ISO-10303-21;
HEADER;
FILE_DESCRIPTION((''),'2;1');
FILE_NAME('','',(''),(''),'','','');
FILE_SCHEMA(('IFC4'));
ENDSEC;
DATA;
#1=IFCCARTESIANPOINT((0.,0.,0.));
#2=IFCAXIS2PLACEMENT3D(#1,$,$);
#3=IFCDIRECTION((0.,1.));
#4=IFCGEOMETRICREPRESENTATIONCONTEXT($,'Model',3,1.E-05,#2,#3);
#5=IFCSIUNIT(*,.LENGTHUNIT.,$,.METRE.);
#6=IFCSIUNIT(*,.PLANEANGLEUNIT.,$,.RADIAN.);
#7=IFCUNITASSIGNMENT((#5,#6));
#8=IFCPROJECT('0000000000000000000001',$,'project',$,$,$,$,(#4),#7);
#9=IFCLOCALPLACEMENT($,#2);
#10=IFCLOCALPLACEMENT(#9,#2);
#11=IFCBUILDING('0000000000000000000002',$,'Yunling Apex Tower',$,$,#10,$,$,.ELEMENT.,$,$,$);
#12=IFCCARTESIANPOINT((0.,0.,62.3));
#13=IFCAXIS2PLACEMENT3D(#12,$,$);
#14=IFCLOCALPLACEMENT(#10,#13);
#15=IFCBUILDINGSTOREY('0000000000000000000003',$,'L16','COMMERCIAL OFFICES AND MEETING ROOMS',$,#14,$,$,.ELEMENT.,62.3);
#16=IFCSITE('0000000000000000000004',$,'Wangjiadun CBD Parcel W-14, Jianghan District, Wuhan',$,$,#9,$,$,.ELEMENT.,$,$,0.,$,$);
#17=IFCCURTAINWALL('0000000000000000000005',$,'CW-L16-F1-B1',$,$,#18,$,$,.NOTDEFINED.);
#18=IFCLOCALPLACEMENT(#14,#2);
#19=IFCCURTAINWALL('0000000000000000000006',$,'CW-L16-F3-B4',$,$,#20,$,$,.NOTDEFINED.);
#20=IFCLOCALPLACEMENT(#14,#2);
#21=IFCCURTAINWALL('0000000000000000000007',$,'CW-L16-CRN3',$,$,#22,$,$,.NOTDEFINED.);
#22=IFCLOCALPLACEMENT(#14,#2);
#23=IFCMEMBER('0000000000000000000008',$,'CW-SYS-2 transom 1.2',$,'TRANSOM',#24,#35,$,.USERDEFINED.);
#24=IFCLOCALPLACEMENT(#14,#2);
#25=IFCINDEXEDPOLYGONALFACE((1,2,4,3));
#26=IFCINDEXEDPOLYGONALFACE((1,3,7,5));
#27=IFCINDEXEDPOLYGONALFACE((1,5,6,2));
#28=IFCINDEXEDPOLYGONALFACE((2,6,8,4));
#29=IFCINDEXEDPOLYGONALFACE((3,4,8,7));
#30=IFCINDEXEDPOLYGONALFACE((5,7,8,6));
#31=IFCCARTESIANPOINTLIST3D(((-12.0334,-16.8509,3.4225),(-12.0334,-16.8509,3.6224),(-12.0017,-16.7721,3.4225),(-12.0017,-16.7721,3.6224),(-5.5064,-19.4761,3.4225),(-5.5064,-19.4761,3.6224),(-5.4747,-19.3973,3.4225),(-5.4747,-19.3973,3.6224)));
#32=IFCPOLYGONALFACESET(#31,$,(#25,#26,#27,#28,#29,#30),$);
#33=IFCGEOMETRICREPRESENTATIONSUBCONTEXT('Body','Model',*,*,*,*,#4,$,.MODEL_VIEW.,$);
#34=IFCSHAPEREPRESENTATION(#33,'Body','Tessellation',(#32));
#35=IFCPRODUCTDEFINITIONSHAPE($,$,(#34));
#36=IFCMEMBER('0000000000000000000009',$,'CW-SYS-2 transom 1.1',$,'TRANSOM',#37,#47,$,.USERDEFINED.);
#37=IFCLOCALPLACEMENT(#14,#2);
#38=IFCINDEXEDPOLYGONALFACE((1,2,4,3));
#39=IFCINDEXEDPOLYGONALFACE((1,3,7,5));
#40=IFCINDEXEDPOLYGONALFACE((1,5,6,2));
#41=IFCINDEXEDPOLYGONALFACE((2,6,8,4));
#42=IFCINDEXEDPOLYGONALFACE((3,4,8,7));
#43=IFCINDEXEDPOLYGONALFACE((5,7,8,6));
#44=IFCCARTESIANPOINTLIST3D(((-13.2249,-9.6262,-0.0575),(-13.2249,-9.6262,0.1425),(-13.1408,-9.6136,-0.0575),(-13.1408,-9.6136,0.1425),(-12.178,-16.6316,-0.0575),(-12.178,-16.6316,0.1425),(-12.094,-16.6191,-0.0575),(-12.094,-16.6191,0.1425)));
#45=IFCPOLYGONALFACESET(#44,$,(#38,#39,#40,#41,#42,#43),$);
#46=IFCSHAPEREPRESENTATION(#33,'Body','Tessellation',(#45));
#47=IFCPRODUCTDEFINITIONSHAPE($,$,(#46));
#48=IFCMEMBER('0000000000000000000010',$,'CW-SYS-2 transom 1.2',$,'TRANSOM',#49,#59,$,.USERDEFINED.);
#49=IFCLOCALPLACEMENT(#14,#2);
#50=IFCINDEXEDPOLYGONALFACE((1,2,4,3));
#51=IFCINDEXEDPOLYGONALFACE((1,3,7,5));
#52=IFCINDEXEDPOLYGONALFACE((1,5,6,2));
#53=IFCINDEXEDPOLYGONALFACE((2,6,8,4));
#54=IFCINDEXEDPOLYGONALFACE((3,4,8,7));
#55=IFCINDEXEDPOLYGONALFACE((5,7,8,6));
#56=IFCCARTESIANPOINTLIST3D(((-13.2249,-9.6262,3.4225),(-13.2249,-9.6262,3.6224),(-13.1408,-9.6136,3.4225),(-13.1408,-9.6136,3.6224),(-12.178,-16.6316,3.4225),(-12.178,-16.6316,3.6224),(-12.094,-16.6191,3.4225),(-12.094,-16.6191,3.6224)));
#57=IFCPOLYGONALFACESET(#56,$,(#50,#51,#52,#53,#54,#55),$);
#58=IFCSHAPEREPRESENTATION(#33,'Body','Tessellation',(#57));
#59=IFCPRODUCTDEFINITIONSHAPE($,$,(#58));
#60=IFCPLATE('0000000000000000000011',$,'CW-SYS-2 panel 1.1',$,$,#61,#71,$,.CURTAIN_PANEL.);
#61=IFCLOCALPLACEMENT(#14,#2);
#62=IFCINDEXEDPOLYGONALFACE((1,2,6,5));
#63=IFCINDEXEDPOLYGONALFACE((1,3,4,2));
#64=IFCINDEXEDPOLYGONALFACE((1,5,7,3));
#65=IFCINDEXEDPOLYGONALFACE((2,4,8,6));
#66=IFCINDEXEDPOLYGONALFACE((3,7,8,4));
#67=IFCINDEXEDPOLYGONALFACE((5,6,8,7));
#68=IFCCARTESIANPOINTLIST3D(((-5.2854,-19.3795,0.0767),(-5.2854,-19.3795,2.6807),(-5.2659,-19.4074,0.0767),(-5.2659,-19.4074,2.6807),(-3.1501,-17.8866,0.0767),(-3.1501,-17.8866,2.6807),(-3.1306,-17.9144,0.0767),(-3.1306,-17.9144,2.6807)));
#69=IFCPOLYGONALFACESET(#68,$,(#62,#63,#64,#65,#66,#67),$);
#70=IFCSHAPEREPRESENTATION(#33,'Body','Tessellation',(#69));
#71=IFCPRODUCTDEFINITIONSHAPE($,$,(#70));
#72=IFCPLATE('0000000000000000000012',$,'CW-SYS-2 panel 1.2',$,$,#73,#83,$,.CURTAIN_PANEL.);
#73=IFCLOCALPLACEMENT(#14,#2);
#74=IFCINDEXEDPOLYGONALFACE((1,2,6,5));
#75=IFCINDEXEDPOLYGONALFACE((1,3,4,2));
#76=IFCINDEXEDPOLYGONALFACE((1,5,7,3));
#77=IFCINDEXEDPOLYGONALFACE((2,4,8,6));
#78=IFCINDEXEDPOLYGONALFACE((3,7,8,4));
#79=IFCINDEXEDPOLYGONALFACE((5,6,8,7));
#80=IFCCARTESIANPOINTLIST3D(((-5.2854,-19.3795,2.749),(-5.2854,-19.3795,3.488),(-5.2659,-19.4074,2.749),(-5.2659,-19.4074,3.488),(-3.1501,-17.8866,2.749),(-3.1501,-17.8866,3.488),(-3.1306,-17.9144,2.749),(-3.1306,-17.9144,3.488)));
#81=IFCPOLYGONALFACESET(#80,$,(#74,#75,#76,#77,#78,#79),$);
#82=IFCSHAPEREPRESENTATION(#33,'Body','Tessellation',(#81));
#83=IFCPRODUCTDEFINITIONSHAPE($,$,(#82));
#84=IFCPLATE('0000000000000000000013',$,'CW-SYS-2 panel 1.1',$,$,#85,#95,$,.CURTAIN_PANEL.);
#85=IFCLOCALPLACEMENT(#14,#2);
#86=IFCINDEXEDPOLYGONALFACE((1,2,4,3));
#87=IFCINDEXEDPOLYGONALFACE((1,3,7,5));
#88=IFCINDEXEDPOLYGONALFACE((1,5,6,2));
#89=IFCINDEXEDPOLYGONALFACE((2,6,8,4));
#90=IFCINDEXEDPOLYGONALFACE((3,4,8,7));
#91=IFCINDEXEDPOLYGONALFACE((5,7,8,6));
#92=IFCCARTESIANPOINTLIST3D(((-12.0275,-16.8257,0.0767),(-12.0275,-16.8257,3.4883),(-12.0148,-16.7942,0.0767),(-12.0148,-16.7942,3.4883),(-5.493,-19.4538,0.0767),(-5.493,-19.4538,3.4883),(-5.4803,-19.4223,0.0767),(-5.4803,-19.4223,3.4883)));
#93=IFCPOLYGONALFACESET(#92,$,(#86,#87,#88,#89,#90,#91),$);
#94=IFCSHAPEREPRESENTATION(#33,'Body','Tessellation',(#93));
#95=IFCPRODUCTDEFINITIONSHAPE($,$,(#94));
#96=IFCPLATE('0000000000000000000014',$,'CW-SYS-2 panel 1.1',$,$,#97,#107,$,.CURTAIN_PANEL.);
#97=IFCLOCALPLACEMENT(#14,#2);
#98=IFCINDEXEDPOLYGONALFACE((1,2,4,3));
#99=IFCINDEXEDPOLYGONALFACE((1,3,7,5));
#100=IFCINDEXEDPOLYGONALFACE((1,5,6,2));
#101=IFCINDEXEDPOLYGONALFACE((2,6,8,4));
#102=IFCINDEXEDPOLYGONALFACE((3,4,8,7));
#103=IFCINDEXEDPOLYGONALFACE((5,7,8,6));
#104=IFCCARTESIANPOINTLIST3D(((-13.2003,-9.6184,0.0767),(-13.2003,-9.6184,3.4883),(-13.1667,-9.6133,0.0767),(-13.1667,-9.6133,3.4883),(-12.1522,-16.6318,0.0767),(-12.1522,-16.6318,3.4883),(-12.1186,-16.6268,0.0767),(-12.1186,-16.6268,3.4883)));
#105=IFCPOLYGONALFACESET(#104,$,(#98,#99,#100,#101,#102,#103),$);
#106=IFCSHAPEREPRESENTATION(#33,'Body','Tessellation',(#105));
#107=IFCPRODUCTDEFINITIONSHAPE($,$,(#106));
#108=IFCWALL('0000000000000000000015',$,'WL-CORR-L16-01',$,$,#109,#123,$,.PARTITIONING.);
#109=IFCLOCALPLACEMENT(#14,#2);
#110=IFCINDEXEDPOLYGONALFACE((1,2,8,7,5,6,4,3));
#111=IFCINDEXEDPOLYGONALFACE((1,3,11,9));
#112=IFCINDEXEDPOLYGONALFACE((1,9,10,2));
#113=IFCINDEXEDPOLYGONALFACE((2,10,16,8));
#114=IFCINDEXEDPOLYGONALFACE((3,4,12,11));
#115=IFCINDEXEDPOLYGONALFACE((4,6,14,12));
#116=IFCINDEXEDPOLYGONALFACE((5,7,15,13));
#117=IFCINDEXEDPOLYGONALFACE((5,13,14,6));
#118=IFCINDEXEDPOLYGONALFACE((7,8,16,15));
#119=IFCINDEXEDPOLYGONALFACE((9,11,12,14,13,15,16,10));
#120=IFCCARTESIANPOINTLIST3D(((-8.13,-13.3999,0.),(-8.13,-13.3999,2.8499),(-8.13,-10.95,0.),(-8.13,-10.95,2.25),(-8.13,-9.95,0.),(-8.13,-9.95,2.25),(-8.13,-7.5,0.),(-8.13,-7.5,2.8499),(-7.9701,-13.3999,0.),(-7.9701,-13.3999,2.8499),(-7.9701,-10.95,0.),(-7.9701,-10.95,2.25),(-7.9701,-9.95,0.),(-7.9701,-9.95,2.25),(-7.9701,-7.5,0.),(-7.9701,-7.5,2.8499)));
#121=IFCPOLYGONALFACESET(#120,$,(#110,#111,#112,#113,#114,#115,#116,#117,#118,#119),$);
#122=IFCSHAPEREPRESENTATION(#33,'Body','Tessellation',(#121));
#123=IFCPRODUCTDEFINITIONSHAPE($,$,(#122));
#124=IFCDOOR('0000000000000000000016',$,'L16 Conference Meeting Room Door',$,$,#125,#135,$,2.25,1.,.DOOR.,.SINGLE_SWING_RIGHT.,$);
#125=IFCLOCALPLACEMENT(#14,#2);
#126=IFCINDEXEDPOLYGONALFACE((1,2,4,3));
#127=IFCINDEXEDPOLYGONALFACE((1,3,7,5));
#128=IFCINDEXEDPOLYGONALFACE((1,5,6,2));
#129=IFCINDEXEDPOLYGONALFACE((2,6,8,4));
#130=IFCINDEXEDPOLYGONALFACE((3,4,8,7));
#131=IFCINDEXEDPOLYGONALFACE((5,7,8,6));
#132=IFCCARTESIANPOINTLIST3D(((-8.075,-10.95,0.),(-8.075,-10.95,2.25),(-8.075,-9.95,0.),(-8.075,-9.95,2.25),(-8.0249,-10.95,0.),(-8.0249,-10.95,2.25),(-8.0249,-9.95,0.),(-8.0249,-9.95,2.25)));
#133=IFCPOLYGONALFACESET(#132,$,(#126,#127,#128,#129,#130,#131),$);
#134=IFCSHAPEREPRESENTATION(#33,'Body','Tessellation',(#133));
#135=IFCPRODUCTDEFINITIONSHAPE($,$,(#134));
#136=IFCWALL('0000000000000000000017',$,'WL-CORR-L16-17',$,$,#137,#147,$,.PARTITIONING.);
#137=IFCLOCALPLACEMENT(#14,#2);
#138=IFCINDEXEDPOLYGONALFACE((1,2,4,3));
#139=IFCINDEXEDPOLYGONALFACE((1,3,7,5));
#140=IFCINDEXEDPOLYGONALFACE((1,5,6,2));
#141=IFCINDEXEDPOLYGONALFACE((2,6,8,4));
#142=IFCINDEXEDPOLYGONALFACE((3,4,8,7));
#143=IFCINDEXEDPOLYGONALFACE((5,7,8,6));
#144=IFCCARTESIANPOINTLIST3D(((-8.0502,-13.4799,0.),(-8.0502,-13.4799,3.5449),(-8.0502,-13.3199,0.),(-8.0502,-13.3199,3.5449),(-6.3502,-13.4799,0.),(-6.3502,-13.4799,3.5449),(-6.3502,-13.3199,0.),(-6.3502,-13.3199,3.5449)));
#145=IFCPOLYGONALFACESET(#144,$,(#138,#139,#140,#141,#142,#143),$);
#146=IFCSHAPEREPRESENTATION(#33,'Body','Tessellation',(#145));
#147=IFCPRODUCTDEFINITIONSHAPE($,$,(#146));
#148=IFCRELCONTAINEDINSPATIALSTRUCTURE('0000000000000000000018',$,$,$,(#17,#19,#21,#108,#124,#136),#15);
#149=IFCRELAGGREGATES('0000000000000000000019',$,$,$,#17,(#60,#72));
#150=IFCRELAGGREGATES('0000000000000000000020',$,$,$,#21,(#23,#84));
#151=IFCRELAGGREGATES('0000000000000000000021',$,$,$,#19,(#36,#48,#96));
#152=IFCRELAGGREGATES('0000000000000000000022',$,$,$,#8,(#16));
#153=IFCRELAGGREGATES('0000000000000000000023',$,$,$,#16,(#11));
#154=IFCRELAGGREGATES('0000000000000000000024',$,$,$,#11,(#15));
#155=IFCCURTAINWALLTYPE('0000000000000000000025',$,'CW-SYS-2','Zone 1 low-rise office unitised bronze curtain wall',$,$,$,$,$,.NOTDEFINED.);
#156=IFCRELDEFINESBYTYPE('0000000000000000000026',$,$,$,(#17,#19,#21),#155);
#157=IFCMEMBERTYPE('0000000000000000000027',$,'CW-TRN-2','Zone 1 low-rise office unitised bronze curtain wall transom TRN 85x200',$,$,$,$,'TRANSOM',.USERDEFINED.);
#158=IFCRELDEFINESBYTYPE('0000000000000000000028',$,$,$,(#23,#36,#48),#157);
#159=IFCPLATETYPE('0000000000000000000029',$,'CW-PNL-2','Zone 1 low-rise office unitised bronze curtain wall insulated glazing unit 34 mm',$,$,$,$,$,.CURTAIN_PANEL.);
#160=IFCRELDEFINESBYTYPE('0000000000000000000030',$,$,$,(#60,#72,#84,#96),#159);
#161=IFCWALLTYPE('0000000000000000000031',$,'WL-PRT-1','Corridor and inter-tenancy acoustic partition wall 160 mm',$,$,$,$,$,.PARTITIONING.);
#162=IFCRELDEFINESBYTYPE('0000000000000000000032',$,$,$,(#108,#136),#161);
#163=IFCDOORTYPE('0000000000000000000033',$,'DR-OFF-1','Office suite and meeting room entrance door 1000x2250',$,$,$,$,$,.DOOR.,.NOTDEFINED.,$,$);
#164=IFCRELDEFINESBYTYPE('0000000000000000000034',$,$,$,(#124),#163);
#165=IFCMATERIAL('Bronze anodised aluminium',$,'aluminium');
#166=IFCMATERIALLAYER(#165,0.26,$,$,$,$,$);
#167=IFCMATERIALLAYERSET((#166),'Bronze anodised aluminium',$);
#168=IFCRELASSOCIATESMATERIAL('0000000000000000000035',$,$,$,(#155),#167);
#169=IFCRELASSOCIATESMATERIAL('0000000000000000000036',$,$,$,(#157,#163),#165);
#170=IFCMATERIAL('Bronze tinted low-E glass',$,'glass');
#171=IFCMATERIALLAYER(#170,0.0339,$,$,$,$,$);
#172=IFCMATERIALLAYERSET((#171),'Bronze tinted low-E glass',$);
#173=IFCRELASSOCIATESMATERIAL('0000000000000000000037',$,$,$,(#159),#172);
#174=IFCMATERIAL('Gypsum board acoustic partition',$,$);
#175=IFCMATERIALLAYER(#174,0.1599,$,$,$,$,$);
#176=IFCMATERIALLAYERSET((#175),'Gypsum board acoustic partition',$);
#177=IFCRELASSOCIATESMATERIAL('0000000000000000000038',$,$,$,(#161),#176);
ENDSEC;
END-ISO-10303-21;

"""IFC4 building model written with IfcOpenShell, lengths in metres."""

from ifc_helpers import new_model, si_unit, direction, frame, frame_2d, origin, origin_2d, place, context, subcontext, project, spatial, rectangle, extrude, source, transform, mapped, material, layer, layer_set, material_profile, profile_set, type_object, element, fill, aggregate, save


model = new_model("IFC4")

# Units and contexts
model_context = context("Model", 3, precision=1e-05, world=origin(), true_north=direction((0.0, 1.0)))
body_context = subcontext(model_context, "Body", "Model", "MODEL_VIEW")
ifc_project = project(units=[si_unit("LENGTHUNIT", "METRE"), si_unit("PLANEANGLEUNIT", "RADIAN")], contexts=[model_context])

# Site, building, storey
site_placement = place(None, origin())
site = spatial("IfcSite", under=ifc_project, at=site_placement, Name="Wangjiadun CBD Parcel W-14, Jianghan District, Wuhan", CompositionType="ELEMENT", RefElevation=0.0)
building_placement = place(site_placement, origin())
building = spatial("IfcBuilding", under=site, at=building_placement, Name="Yunling Apex Tower", CompositionType="ELEMENT")
storey_placement = place(building_placement, frame((0.0, 0.0, 62.3)))
storey = spatial("IfcBuildingStorey", under=building, at=storey_placement, Name="L16", Description="COMMERCIAL OFFICES AND MEETING ROOMS", CompositionType="ELEMENT", Elevation=62.3)

# Curtain wall
ifc_material_1 = material(Name="Bronze anodised aluminium", Category="aluminium")
ifc_layer_1 = layer(ifc_material_1, 0.26)
ifc_layer_set_1 = layer_set([ifc_layer_1], Name="Bronze anodised aluminium")
curtain_wall_type = type_object("IfcCurtainWallType", Name="CW-SYS-2", Description="Zone 1 low-rise office unitised bronze curtain wall", PredefinedType="NOTDEFINED", material=ifc_layer_set_1)
curtain_wall_1_placement = place(storey_placement, origin())
curtain_wall_1 = element("IfcCurtainWall", 1, at=curtain_wall_1_placement, inside=storey, type_object=curtain_wall_type, Name="CW-L16-F1-B1", PredefinedType="NOTDEFINED")

# Curtain walls
curtain_wall_2_placement = place(storey_placement, origin())
curtain_wall_2 = element("IfcCurtainWall", 2, at=curtain_wall_2_placement, inside=storey, type_object=curtain_wall_type, Name="CW-L16-F3-B4", PredefinedType="NOTDEFINED")
curtain_wall_3_placement = place(storey_placement, origin())
curtain_wall_3 = element("IfcCurtainWall", 3, at=curtain_wall_3_placement, inside=storey, type_object=curtain_wall_type, Name="CW-L16-CRN3", PredefinedType="NOTDEFINED")

# Members
ifc_material_profile_1 = material_profile(ifc_material_1, rectangle(XDim=0.085, YDim=0.2, at=origin_2d()))
ifc_profile_set_1 = profile_set([ifc_material_profile_1], Name="Bronze anodised aluminium")
member_type_1 = type_object("IfcMemberType", Name="CW-TRN-2", Description="Zone 1 low-rise office unitised bronze curtain wall transom TRN 85x200", ElementType="TRANSOM", PredefinedType="USERDEFINED", material=ifc_profile_set_1)
shared_shape_1 = source(origin(), body_context, "Body", "SweptSolid", [
    extrude(rectangle(XDim=0.085, YDim=0.2, at=origin_2d()), origin(), (0.0, 0.0, 1.0), 7.0352),
])
member_1_placement = place(storey_placement, frame((-12.0176, -16.8115, 3.5225), z_axis=(0.927769, -0.373155, 0.0), x_axis=(0.373155, 0.927769, 0.0)))
member_1 = element("IfcMember", 4, at=member_1_placement, type_object=member_type_1, Name="CW-SYS-2 transom 1.2", ObjectType="TRANSOM", PredefinedType="USERDEFINED", context=body_context, shape_type="MappedRepresentation", body=[
    mapped(shared_shape_1, transform((0.0, 0.0, 0.0), scale=1.0)),
])
shared_shape_2 = source(origin(), body_context, "Body", "SweptSolid", [
    extrude(rectangle(XDim=0.085, YDim=0.2, at=origin_2d()), origin(), (0.0, 0.0, 1.0), 7.0833),
])
member_2_placement = place(storey_placement, frame((-13.1829, -9.6199, 0.0425), z_axis=(0.147798, -0.989018, 0.0), x_axis=(0.989018, 0.147798, 0.0)))
member_2 = element("IfcMember", 5, at=member_2_placement, type_object=member_type_1, Name="CW-SYS-2 transom 1.1", ObjectType="TRANSOM", PredefinedType="USERDEFINED", context=body_context, shape_type="MappedRepresentation", body=[
    mapped(shared_shape_2, transform((0.0, 0.0, 0.0), scale=1.0)),
])
member_3_placement = place(storey_placement, frame((-13.1829, -9.6199, 3.5225), z_axis=(0.147798, -0.989018, 0.0), x_axis=(0.989018, 0.147798, 0.0)))
member_3 = element("IfcMember", 6, at=member_3_placement, type_object=member_type_1, Name="CW-SYS-2 transom 1.2", ObjectType="TRANSOM", PredefinedType="USERDEFINED", context=body_context, shape_type="MappedRepresentation", body=[
    mapped(shared_shape_2, transform((0.0, 0.0, 0.0), scale=1.0)),
])

# Plates
ifc_material_2 = material(Name="Bronze tinted low-E glass", Category="glass")
ifc_layer_2 = layer(ifc_material_2, 0.0339)
ifc_layer_set_2 = layer_set([ifc_layer_2], Name="Bronze tinted low-E glass")
plate_type = type_object("IfcPlateType", Name="CW-PNL-2", Description="Zone 1 low-rise office unitised bronze curtain wall insulated glazing unit 34 mm", PredefinedType="CURTAIN_PANEL", material=ifc_layer_set_2)
shared_shape_3 = source(origin(), body_context, "Body", "SweptSolid", [
    extrude(rectangle(XDim=2.6055, YDim=0.0339, at=origin_2d()), origin(), (0.0, 0.0, 1.0), 2.604),
])
plate_1_placement = place(storey_placement, frame((-4.208, -18.647, 0.0767), z_axis=(0.0, 0.0, 1.0), x_axis=(0.819552, 0.573004, 0.0)))
plate_1 = element("IfcPlate", 7, at=plate_1_placement, type_object=plate_type, Name="CW-SYS-2 panel 1.1", PredefinedType="CURTAIN_PANEL", context=body_context, shape_type="MappedRepresentation", body=[
    mapped(shared_shape_3, transform((0.0, 0.0, 0.0), scale=1.0)),
])
shared_shape_4 = source(origin(), body_context, "Body", "SweptSolid", [
    extrude(rectangle(XDim=2.6055, YDim=0.0339, at=origin_2d()), origin(), (0.0, 0.0, 1.0), 0.739),
])
plate_2_placement = place(storey_placement, frame((-4.208, -18.647, 2.749), z_axis=(0.0, 0.0, 1.0), x_axis=(0.819552, 0.573004, 0.0)))
plate_2 = element("IfcPlate", 8, at=plate_2_placement, type_object=plate_type, Name="CW-SYS-2 panel 1.2", PredefinedType="CURTAIN_PANEL", context=body_context, shape_type="MappedRepresentation", body=[
    mapped(shared_shape_4, transform((0.0, 0.0, 0.0), scale=1.0)),
])
aggregate(curtain_wall_1, [plate_1, plate_2])
shared_shape_5 = source(origin(), body_context, "Body", "SweptSolid", [
    extrude(rectangle(XDim=7.0432, YDim=0.0339, at=origin_2d()), origin(), (0.0, 0.0, 1.0), 3.4116),
])
plate_3_placement = place(storey_placement, frame((-8.7539, -18.124, 0.0767), z_axis=(0.0, 0.0, 1.0), x_axis=(0.927774, -0.373144, 0.0)))
plate_3 = element("IfcPlate", 9, at=plate_3_placement, type_object=plate_type, Name="CW-SYS-2 panel 1.1", PredefinedType="CURTAIN_PANEL", context=body_context, shape_type="MappedRepresentation", body=[
    mapped(shared_shape_5, transform((0.0, 0.0, 0.0), scale=1.0)),
])
aggregate(curtain_wall_3, [member_1, plate_3])
shared_shape_6 = source(origin(), body_context, "Body", "SweptSolid", [
    extrude(rectangle(XDim=7.0913, YDim=0.0339, at=origin_2d()), origin(), (0.0, 0.0, 1.0), 3.4116),
])
plate_4_placement = place(storey_placement, frame((-12.6594, -13.1226, 0.0767), z_axis=(0.0, 0.0, 1.0), x_axis=(0.147801, -0.989017, 0.0)))
plate_4 = element("IfcPlate", 10, at=plate_4_placement, type_object=plate_type, Name="CW-SYS-2 panel 1.1", PredefinedType="CURTAIN_PANEL", context=body_context, shape_type="MappedRepresentation", body=[
    mapped(shared_shape_6, transform((0.0, 0.0, 0.0), scale=1.0)),
])
aggregate(curtain_wall_2, [member_2, member_3, plate_4])

# Wall, opening, door
ifc_material_3 = material(Name="Gypsum board acoustic partition")
ifc_layer_3 = layer(ifc_material_3, 0.1599)
ifc_layer_set_3 = layer_set([ifc_layer_3], Name="Gypsum board acoustic partition")
wall_type = type_object("IfcWallType", Name="WL-PRT-1", Description="Corridor and inter-tenancy acoustic partition wall 160 mm", PredefinedType="PARTITIONING", material=ifc_layer_set_3)
wall_1_placement = place(storey_placement, frame((-8.05, -13.3999, 0.0), z_axis=(0.0, 0.0, 1.0), x_axis=(0.0, 1.0, 0.0)))
wall_1 = element("IfcWall", 11, at=wall_1_placement, inside=storey, type_object=wall_type, Name="WL-CORR-L16-01", PredefinedType="PARTITIONING", context=body_context, shape_type="SweptSolid", body=[
    extrude(rectangle(XDim=5.8999, YDim=0.1599, at=frame_2d((2.95, 0.0))), origin(), (0.0, 0.0, 1.0), 2.8499),
])
opening_placement = place(wall_1_placement, frame((2.45, 0.0, 0.0)))
opening = element("IfcOpeningElement", 12, at=opening_placement, cuts=wall_1, PredefinedType="OPENING", context=body_context, shape_type="SweptSolid", body=[
    extrude(rectangle(XDim=1.0, YDim=2.25, at=frame_2d((0.5, 1.125))), frame((0.0, 0.0898, 0.0), z_axis=(0.0, -1.0, 0.0), x_axis=(1.0, 0.0, 0.0)), (0.0, 0.0, 1.0), 0.1799),
])
door_type = type_object("IfcDoorType", Name="DR-OFF-1", Description="Office suite and meeting room entrance door 1000x2250", OperationType="NOTDEFINED", PredefinedType="DOOR", material=ifc_material_1)
door_placement = place(opening_placement, origin())
door = element("IfcDoor", 13, at=door_placement, inside=storey, type_object=door_type, Name="L16 Conference Meeting Room Door", OperationType="SINGLE_SWING_RIGHT", OverallHeight=2.25, OverallWidth=1.0, PredefinedType="DOOR", context=body_context, shape_type="SweptSolid", body=[
    extrude(rectangle(XDim=1.0, YDim=2.25, at=frame_2d((0.5, 1.125))), frame((0.0, 0.0249, 0.0), z_axis=(0.0, -1.0, 0.0), x_axis=(1.0, 0.0, 0.0)), (0.0, 0.0, 1.0), 0.05),
])
fill(opening, door)

# Wall
wall_2_placement = place(storey_placement, frame((-6.3501, -13.3999, 0.0), z_axis=(0.0, 0.0, 1.0), x_axis=(-1.0, 0.0, 0.0)))
element("IfcWall", 14, at=wall_2_placement, inside=storey, type_object=wall_type, Name="WL-CORR-L16-17", PredefinedType="PARTITIONING", context=body_context, shape_type="SweptSolid", body=[
    extrude(rectangle(XDim=1.7, YDim=0.1599, at=frame_2d((0.8501, 0.0))), origin(), (0.0, 0.0, 1.0), 3.5449),
])

save(model, "model.ifc")
